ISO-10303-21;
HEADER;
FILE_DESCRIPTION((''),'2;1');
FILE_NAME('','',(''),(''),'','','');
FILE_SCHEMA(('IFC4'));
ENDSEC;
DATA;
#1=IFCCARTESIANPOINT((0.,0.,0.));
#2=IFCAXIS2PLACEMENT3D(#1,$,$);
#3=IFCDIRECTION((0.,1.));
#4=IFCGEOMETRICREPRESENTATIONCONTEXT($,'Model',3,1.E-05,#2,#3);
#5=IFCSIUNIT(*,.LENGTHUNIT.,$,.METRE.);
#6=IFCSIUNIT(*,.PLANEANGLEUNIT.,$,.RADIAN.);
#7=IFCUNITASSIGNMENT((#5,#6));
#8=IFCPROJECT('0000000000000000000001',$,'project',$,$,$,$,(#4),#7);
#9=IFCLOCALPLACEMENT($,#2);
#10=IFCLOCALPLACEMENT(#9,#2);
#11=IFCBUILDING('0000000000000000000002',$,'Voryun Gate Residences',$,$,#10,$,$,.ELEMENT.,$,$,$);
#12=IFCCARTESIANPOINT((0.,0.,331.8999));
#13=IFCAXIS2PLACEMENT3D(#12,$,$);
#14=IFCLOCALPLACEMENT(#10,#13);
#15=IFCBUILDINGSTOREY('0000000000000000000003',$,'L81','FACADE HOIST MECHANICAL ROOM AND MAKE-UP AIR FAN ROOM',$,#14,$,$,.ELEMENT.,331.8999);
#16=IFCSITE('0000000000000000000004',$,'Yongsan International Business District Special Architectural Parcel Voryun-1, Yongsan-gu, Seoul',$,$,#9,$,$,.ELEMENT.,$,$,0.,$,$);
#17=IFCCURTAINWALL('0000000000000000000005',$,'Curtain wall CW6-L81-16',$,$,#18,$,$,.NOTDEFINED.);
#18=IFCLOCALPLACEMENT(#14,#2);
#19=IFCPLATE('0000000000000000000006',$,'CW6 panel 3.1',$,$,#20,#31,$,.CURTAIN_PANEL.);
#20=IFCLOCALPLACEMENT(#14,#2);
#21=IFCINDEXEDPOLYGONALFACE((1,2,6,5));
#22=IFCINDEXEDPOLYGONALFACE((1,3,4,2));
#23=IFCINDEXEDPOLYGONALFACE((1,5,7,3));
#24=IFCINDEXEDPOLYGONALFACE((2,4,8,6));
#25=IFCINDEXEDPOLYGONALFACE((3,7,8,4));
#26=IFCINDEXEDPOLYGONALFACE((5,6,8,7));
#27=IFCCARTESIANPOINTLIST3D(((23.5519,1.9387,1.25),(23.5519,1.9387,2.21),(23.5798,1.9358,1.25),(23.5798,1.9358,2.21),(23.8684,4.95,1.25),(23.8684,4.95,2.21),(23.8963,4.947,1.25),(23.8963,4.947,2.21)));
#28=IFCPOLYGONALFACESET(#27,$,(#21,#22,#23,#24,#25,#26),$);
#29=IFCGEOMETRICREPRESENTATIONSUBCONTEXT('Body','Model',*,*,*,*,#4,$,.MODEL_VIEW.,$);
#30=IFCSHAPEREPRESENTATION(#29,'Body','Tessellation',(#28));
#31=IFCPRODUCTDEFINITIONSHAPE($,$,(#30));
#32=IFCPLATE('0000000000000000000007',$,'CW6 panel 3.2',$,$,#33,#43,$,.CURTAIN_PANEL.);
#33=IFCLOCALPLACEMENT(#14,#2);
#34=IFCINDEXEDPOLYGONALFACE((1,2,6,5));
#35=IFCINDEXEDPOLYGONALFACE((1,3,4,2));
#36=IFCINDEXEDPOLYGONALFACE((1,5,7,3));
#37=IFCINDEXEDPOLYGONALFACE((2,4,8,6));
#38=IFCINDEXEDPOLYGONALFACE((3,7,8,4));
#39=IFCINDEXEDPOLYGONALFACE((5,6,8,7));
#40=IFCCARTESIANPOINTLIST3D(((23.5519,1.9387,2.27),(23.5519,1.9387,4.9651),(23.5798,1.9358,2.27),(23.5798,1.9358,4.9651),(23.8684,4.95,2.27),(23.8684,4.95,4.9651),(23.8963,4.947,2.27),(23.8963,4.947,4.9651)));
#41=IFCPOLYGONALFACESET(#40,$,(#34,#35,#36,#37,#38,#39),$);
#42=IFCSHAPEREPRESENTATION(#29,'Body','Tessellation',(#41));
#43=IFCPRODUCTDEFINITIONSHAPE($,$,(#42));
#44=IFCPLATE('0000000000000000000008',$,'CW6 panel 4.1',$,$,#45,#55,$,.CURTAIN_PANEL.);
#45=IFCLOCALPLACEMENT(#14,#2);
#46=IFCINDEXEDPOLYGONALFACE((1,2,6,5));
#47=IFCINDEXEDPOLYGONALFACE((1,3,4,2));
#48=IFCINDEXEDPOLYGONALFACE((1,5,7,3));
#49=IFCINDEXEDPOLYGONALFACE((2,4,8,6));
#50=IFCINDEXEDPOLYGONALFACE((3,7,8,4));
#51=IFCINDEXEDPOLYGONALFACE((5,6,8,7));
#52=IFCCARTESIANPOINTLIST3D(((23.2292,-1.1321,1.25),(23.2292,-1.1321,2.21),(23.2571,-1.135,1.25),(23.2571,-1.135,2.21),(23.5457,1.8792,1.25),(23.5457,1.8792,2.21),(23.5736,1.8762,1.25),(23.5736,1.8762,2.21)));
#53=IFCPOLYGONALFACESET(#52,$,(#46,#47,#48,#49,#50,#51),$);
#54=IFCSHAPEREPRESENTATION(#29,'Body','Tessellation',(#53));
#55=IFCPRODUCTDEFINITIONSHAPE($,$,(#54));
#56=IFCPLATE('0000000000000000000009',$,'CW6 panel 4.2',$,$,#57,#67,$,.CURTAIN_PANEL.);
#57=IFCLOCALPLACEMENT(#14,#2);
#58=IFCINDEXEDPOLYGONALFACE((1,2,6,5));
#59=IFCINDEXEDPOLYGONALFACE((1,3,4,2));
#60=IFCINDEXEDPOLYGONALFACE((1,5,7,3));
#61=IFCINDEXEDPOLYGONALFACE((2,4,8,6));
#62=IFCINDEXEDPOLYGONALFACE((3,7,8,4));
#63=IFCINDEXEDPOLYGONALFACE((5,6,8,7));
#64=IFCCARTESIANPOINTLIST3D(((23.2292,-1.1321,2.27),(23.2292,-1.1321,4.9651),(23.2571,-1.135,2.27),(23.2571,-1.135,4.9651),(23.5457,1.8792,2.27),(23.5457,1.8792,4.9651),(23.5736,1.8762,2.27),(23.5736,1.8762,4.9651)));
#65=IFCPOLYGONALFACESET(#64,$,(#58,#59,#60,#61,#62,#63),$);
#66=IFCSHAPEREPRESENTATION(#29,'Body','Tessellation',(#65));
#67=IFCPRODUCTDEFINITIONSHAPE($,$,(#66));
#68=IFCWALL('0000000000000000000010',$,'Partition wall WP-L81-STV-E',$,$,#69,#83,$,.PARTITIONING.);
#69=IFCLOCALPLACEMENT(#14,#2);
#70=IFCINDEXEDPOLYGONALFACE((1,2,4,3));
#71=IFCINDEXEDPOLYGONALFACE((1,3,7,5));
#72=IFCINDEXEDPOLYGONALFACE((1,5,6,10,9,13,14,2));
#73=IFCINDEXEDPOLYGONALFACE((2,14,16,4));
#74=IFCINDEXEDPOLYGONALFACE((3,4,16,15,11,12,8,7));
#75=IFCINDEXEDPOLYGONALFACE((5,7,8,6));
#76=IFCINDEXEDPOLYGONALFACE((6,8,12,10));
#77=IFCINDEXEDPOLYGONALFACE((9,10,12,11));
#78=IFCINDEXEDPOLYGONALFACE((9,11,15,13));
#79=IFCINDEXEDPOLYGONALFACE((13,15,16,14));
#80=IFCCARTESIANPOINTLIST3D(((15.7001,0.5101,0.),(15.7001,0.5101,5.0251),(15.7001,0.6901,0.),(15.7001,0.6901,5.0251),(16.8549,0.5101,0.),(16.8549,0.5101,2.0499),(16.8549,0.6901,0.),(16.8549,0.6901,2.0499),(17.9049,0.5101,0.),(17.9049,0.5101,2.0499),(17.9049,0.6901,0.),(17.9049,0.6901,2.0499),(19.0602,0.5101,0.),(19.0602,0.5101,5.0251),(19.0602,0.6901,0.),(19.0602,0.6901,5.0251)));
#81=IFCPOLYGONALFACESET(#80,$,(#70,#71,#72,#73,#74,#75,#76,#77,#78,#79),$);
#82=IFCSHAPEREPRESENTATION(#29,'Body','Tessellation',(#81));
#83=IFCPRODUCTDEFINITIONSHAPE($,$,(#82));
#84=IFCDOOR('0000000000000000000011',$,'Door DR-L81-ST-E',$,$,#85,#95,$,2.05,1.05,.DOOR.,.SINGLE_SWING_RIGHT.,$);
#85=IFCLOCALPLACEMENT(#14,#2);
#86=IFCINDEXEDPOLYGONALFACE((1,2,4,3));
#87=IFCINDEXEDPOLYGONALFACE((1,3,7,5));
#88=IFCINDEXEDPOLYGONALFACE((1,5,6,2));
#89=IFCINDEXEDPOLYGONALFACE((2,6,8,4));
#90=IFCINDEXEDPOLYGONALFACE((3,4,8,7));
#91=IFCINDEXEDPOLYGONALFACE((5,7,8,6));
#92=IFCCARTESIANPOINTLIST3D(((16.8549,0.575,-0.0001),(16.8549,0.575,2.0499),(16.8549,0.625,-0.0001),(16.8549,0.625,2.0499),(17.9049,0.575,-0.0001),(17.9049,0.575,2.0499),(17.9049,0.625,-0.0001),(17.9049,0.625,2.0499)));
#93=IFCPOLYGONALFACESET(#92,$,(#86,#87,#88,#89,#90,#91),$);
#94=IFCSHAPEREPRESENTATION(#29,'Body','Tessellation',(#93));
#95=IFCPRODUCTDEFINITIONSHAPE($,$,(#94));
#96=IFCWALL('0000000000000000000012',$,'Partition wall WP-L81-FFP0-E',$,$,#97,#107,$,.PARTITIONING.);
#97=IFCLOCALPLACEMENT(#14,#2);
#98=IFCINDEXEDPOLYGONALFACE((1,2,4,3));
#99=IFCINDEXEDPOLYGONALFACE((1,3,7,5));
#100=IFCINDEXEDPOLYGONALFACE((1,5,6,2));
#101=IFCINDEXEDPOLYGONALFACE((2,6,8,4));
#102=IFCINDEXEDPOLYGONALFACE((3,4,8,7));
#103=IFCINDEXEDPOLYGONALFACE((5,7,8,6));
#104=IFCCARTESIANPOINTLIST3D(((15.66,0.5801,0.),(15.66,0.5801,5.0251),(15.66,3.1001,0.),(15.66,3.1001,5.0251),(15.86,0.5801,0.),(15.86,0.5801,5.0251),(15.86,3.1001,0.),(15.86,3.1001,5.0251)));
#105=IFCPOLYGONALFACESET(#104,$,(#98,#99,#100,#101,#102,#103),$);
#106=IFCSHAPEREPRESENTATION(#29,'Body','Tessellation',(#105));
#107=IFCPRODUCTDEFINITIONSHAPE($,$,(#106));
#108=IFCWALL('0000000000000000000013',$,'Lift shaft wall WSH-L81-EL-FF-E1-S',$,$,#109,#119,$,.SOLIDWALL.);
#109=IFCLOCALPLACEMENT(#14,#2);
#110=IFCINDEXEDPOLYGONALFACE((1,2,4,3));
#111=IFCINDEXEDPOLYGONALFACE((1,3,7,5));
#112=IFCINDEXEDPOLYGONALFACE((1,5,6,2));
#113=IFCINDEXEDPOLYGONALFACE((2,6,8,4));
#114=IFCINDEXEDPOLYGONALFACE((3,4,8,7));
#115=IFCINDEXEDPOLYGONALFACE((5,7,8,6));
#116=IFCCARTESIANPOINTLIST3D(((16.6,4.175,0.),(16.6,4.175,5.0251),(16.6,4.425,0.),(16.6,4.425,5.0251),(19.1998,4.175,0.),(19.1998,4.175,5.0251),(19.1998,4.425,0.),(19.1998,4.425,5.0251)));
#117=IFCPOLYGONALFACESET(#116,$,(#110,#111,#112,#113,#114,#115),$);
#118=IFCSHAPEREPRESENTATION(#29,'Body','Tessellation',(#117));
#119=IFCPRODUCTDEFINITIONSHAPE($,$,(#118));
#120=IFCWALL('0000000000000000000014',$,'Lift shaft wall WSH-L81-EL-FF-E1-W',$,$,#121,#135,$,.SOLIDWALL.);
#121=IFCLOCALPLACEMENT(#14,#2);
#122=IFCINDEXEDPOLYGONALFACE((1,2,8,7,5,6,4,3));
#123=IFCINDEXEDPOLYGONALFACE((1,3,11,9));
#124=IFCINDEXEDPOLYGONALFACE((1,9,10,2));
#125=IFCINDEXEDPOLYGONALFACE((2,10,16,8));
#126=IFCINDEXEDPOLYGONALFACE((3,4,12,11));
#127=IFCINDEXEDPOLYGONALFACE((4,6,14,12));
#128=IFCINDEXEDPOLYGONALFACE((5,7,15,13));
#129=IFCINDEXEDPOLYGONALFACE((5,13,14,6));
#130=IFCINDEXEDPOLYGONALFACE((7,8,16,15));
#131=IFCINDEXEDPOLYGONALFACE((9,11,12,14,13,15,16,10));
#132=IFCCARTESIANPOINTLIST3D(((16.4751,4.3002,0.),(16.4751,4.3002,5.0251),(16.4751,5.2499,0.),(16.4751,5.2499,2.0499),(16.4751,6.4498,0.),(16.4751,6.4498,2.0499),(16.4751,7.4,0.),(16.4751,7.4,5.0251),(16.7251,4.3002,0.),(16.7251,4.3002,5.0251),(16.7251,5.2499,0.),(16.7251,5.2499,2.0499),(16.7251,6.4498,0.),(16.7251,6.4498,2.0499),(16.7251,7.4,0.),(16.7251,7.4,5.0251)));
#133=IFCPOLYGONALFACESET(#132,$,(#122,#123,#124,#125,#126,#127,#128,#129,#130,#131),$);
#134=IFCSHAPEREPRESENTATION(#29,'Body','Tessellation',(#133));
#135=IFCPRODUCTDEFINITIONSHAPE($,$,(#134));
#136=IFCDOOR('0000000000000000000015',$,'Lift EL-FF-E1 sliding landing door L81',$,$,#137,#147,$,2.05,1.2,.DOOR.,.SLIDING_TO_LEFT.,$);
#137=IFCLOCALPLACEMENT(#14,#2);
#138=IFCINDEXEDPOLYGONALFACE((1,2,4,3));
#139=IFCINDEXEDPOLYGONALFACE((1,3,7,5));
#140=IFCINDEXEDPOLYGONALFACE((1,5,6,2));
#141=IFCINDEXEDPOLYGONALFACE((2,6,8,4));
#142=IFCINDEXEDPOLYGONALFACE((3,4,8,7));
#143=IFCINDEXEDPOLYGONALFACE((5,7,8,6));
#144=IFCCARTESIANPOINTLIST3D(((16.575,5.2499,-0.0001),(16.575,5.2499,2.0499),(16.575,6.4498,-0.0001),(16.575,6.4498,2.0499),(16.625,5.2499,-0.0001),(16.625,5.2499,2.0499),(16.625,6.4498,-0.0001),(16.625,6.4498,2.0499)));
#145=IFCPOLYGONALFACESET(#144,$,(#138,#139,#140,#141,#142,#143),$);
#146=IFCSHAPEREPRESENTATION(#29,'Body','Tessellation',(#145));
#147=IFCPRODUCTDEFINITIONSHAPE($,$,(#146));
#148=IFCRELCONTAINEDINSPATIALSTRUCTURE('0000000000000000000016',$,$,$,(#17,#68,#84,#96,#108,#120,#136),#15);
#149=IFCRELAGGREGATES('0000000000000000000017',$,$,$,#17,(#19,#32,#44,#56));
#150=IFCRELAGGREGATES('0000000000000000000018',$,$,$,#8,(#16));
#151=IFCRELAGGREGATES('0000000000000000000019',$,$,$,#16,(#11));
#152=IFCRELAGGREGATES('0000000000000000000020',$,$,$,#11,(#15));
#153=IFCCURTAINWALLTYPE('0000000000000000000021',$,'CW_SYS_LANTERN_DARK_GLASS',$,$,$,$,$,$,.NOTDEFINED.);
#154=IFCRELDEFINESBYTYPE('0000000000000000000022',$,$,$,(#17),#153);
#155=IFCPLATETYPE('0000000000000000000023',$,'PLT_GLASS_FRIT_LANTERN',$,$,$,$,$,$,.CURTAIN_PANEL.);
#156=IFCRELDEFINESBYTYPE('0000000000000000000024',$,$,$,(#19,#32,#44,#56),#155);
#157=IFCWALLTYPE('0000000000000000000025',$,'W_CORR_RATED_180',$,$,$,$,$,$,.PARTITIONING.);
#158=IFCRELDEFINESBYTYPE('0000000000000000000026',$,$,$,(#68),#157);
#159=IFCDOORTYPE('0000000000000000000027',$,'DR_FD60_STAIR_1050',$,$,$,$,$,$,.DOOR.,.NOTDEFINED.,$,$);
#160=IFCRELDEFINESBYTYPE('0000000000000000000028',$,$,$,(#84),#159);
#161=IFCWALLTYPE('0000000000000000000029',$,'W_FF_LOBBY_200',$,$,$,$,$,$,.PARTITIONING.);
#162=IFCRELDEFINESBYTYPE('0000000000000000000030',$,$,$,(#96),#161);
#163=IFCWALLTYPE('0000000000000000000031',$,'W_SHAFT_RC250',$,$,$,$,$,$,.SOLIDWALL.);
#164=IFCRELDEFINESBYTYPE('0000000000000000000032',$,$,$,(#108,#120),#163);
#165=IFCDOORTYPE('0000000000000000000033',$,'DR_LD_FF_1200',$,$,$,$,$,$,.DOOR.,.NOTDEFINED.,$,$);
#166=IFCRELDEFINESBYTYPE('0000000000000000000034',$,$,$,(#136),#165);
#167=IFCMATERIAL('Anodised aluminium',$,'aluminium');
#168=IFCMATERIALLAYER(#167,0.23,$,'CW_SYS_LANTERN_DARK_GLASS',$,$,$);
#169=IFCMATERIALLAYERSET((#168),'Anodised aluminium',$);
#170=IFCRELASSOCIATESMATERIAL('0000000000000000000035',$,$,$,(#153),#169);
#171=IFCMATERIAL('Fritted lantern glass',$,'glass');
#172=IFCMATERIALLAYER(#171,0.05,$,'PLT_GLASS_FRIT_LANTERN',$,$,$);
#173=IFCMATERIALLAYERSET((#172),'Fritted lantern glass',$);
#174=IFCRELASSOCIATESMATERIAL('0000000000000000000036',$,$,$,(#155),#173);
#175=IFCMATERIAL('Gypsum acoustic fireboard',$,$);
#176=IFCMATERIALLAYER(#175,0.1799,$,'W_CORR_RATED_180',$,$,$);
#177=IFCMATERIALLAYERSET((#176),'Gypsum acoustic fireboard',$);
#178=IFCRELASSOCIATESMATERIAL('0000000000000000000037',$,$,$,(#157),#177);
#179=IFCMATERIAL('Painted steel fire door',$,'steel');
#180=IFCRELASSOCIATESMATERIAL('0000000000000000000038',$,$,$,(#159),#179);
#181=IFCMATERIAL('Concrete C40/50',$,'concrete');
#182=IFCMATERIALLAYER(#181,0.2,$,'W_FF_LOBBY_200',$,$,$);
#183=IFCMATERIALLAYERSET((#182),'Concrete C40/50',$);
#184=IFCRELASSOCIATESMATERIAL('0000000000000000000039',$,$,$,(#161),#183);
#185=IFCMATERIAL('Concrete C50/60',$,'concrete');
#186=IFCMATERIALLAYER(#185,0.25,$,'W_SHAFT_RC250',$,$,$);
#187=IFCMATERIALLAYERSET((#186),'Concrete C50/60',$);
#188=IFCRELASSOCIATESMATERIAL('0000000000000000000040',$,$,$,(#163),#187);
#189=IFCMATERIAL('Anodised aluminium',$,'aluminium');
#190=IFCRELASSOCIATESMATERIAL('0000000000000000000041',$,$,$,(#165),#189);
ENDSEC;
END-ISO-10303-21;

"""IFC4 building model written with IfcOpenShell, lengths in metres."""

from ifc_helpers import new_model, si_unit, direction, frame, frame_2d, origin, origin_2d, place, context, subcontext, project, spatial, rectangle, extrude, material, layer, layer_set, type_object, element, fill, aggregate, save


model = new_model("IFC4")

# Units and contexts
model_context = context("Model", 3, precision=1e-05, world=origin(), true_north=direction((0.0, 1.0)))
body_context = subcontext(model_context, "Body", "Model", "MODEL_VIEW")
ifc_project = project(units=[si_unit("LENGTHUNIT", "METRE"), si_unit("PLANEANGLEUNIT", "RADIAN")], contexts=[model_context])

# Site, building, storey
site_placement = place(None, origin())
site = spatial("IfcSite", under=ifc_project, at=site_placement, Name="Yongsan International Business District Special Architectural Parcel Voryun-1, Yongsan-gu, Seoul", CompositionType="ELEMENT", RefElevation=0.0)
building_placement = place(site_placement, origin())
building = spatial("IfcBuilding", under=site, at=building_placement, Name="Voryun Gate Residences", CompositionType="ELEMENT")
storey_placement = place(building_placement, frame((0.0, 0.0, 331.8999)))
storey = spatial("IfcBuildingStorey", under=building, at=storey_placement, Name="L81", Description="FACADE HOIST MECHANICAL ROOM AND MAKE-UP AIR FAN ROOM", CompositionType="ELEMENT", Elevation=331.8999)

# Curtain wall
ifc_material_1 = material(Name="Anodised aluminium", Category="aluminium")
ifc_layer_1 = layer(ifc_material_1, 0.23, Name="CW_SYS_LANTERN_DARK_GLASS")
ifc_layer_set_1 = layer_set([ifc_layer_1], Name="Anodised aluminium")
curtain_wall_type = type_object("IfcCurtainWallType", Name="CW_SYS_LANTERN_DARK_GLASS", PredefinedType="NOTDEFINED", material=ifc_layer_set_1)
curtain_wall_placement = place(storey_placement, origin())
curtain_wall = element("IfcCurtainWall", 1, at=curtain_wall_placement, inside=storey, type_object=curtain_wall_type, Name="Curtain wall CW6-L81-16", PredefinedType="NOTDEFINED")

# Plates
ifc_material_2 = material(Name="Fritted lantern glass", Category="glass")
ifc_layer_2 = layer(ifc_material_2, 0.05, Name="PLT_GLASS_FRIT_LANTERN")
ifc_layer_set_2 = layer_set([ifc_layer_2], Name="Fritted lantern glass")
plate_type_1 = type_object("IfcPlateType", Name="PLT_GLASS_FRIT_LANTERN", PredefinedType="CURTAIN_PANEL", material=ifc_layer_set_2)
plate_1_placement = place(storey_placement, frame((23.7241, 3.4429, 1.25), z_axis=(0.0, 0.0, 1.0), x_axis=(-0.104528, -0.994522, 0.0)))
plate_1 = element("IfcPlate", 2, at=plate_1_placement, type_object=plate_type_1, Name="CW6 panel 3.1", PredefinedType="CURTAIN_PANEL", context=body_context, shape_type="SweptSolid", body=[
    extrude(rectangle(XDim=3.0278, YDim=0.0281, at=origin_2d()), origin(), (0.0, 0.0, 1.0), 0.96),
])
plate_2_placement = place(storey_placement, frame((23.7241, 3.4429, 2.27), z_axis=(0.0, 0.0, 1.0), x_axis=(-0.104528, -0.994522, 0.0)))
plate_2 = element("IfcPlate", 3, at=plate_2_placement, type_object=plate_type_1, Name="CW6 panel 3.2", PredefinedType="CURTAIN_PANEL", context=body_context, shape_type="SweptSolid", body=[
    extrude(rectangle(XDim=3.0278, YDim=0.0281, at=origin_2d()), origin(), (0.0, 0.0, 1.0), 2.6951),
])
plate_3_placement = place(storey_placement, frame((23.4014, 0.3721, 1.25), z_axis=(0.0, 0.0, 1.0), x_axis=(-0.104528, -0.994522, 0.0)))
plate_3 = element("IfcPlate", 4, at=plate_3_placement, type_object=plate_type_1, Name="CW6 panel 4.1", PredefinedType="CURTAIN_PANEL", context=body_context, shape_type="SweptSolid", body=[
    extrude(rectangle(XDim=3.0278, YDim=0.0281, at=origin_2d()), origin(), (0.0, 0.0, 1.0), 0.96),
])
plate_4_placement = place(storey_placement, frame((23.4014, 0.3721, 2.27), z_axis=(0.0, 0.0, 1.0), x_axis=(-0.104528, -0.994522, 0.0)))
plate_4 = element("IfcPlate", 5, at=plate_4_placement, type_object=plate_type_1, Name="CW6 panel 4.2", PredefinedType="CURTAIN_PANEL", context=body_context, shape_type="SweptSolid", body=[
    extrude(rectangle(XDim=3.0278, YDim=0.0281, at=origin_2d()), origin(), (0.0, 0.0, 1.0), 2.6951),
])
aggregate(curtain_wall, [plate_1, plate_2, plate_3, plate_4])

# Wall, opening, door
ifc_material_3 = material(Name="Gypsum acoustic fireboard")
ifc_layer_3 = layer(ifc_material_3, 0.1799, Name="W_CORR_RATED_180")
ifc_layer_set_3 = layer_set([ifc_layer_3], Name="Gypsum acoustic fireboard")
wall_type_1 = type_object("IfcWallType", Name="W_CORR_RATED_180", PredefinedType="PARTITIONING", material=ifc_layer_set_3)
wall_1_placement = place(storey_placement, frame((15.7, 0.6001, 0.0), z_axis=(0.0, 0.0, 1.0), x_axis=(1.0, 0.0, 0.0)))
wall_1 = element("IfcWall", 6, at=wall_1_placement, inside=storey, type_object=wall_type_1, Name="Partition wall WP-L81-STV-E", PredefinedType="PARTITIONING", context=body_context, shape_type="SweptSolid", body=[
    extrude(rectangle(XDim=3.3601, YDim=0.1799, at=frame_2d((1.6802, 0.0))), origin(), (0.0, 0.0, 1.0), 5.0251),
])
opening_1_placement = place(wall_1_placement, frame((1.155, 0.0, 0.0)))
opening_1 = element("IfcOpeningElement", 7, at=opening_1_placement, cuts=wall_1, PredefinedType="OPENING", context=body_context, shape_type="SweptSolid", body=[
    extrude(rectangle(XDim=1.05, YDim=2.05, at=frame_2d((0.5249, 1.0249))), frame((0.0, 0.0999, 0.0), z_axis=(0.0, -1.0, 0.0), x_axis=(1.0, 0.0, 0.0)), (0.0, 0.0, 1.0), 0.2),
])
ifc_material_4 = material(Name="Painted steel fire door", Category="steel")
door_type_1 = type_object("IfcDoorType", Name="DR_FD60_STAIR_1050", OperationType="NOTDEFINED", PredefinedType="DOOR", material=ifc_material_4)
door_1_placement = place(opening_1_placement, origin())
door_1 = element("IfcDoor", 8, at=door_1_placement, inside=storey, type_object=door_type_1, Name="Door DR-L81-ST-E", OperationType="SINGLE_SWING_RIGHT", OverallHeight=2.05, OverallWidth=1.05, PredefinedType="DOOR", context=body_context, shape_type="SweptSolid", body=[
    extrude(rectangle(XDim=1.05, YDim=2.05, at=frame_2d((0.5249, 1.0249))), frame((0.0, 0.0249, 0.0), z_axis=(0.0, -1.0, 0.0), x_axis=(1.0, 0.0, 0.0)), (0.0, 0.0, 1.0), 0.05),
])
fill(opening_1, door_1)

# Walls
ifc_material_5 = material(Name="Concrete C40/50", Category="concrete")
ifc_layer_4 = layer(ifc_material_5, 0.2, Name="W_FF_LOBBY_200")
ifc_layer_set_4 = layer_set([ifc_layer_4], Name="Concrete C40/50")
wall_type_2 = type_object("IfcWallType", Name="W_FF_LOBBY_200", PredefinedType="PARTITIONING", material=ifc_layer_set_4)
wall_2_placement = place(storey_placement, frame((15.76, 0.5801, 0.0), z_axis=(0.0, 0.0, 1.0), x_axis=(0.0, 1.0, 0.0)))
element("IfcWall", 9, at=wall_2_placement, inside=storey, type_object=wall_type_2, Name="Partition wall WP-L81-FFP0-E", PredefinedType="PARTITIONING", context=body_context, shape_type="SweptSolid", body=[
    extrude(rectangle(XDim=2.52, YDim=0.2, at=frame_2d((1.26, 0.0))), origin(), (0.0, 0.0, 1.0), 5.0251),
])
ifc_material_6 = material(Name="Concrete C50/60", Category="concrete")
ifc_layer_5 = layer(ifc_material_6, 0.25, Name="W_SHAFT_RC250")
ifc_layer_set_5 = layer_set([ifc_layer_5], Name="Concrete C50/60")
wall_type_3 = type_object("IfcWallType", Name="W_SHAFT_RC250", PredefinedType="SOLIDWALL", material=ifc_layer_set_5)
wall_3_placement = place(storey_placement, frame((16.6001, 4.3, 0.0), z_axis=(0.0, 0.0, 1.0), x_axis=(1.0, 0.0, 0.0)))
element("IfcWall", 10, at=wall_3_placement, inside=storey, type_object=wall_type_3, Name="Lift shaft wall WSH-L81-EL-FF-E1-S", PredefinedType="SOLIDWALL", context=body_context, shape_type="SweptSolid", body=[
    extrude(rectangle(XDim=2.5999, YDim=0.25, at=frame_2d((1.2998, 0.0))), origin(), (0.0, 0.0, 1.0), 5.0251),
])

# Wall, opening, door
wall_4_placement = place(storey_placement, frame((16.6001, 7.3999, 0.0), z_axis=(0.0, 0.0, 1.0), x_axis=(0.0, -1.0, 0.0)))
wall_4 = element("IfcWall", 11, at=wall_4_placement, inside=storey, type_object=wall_type_3, Name="Lift shaft wall WSH-L81-EL-FF-E1-W", PredefinedType="SOLIDWALL", context=body_context, shape_type="SweptSolid", body=[
    extrude(rectangle(XDim=3.0999, YDim=0.25, at=frame_2d((1.5498, 0.0))), origin(), (0.0, 0.0, 1.0), 5.0251),
])
opening_2_placement = place(wall_4_placement, frame((0.95, 0.0, 0.0)))
opening_2 = element("IfcOpeningElement", 12, at=opening_2_placement, cuts=wall_4, PredefinedType="OPENING", context=body_context, shape_type="SweptSolid", body=[
    extrude(rectangle(XDim=1.2, YDim=2.05, at=frame_2d((0.6001, 1.0249))), frame((0.0, 0.135, 0.0), z_axis=(0.0, -1.0, 0.0), x_axis=(1.0, 0.0, 0.0)), (0.0, 0.0, 1.0), 0.27),
])
ifc_material_7 = material(Name="Anodised aluminium", Category="aluminium")
door_type_2 = type_object("IfcDoorType", Name="DR_LD_FF_1200", OperationType="NOTDEFINED", PredefinedType="DOOR", material=ifc_material_7)
door_2_placement = place(opening_2_placement, origin())
door_2 = element("IfcDoor", 13, at=door_2_placement, inside=storey, type_object=door_type_2, Name="Lift EL-FF-E1 sliding landing door L81", OperationType="SLIDING_TO_LEFT", OverallHeight=2.05, OverallWidth=1.2, PredefinedType="DOOR", context=body_context, shape_type="SweptSolid", body=[
    extrude(rectangle(XDim=1.2, YDim=2.05, at=frame_2d((0.6001, 1.0249))), frame((0.0, 0.0249, 0.0), z_axis=(0.0, -1.0, 0.0), x_axis=(1.0, 0.0, 0.0)), (0.0, 0.0, 1.0), 0.05),
])
fill(opening_2, door_2)

save(model, "model.ifc")
